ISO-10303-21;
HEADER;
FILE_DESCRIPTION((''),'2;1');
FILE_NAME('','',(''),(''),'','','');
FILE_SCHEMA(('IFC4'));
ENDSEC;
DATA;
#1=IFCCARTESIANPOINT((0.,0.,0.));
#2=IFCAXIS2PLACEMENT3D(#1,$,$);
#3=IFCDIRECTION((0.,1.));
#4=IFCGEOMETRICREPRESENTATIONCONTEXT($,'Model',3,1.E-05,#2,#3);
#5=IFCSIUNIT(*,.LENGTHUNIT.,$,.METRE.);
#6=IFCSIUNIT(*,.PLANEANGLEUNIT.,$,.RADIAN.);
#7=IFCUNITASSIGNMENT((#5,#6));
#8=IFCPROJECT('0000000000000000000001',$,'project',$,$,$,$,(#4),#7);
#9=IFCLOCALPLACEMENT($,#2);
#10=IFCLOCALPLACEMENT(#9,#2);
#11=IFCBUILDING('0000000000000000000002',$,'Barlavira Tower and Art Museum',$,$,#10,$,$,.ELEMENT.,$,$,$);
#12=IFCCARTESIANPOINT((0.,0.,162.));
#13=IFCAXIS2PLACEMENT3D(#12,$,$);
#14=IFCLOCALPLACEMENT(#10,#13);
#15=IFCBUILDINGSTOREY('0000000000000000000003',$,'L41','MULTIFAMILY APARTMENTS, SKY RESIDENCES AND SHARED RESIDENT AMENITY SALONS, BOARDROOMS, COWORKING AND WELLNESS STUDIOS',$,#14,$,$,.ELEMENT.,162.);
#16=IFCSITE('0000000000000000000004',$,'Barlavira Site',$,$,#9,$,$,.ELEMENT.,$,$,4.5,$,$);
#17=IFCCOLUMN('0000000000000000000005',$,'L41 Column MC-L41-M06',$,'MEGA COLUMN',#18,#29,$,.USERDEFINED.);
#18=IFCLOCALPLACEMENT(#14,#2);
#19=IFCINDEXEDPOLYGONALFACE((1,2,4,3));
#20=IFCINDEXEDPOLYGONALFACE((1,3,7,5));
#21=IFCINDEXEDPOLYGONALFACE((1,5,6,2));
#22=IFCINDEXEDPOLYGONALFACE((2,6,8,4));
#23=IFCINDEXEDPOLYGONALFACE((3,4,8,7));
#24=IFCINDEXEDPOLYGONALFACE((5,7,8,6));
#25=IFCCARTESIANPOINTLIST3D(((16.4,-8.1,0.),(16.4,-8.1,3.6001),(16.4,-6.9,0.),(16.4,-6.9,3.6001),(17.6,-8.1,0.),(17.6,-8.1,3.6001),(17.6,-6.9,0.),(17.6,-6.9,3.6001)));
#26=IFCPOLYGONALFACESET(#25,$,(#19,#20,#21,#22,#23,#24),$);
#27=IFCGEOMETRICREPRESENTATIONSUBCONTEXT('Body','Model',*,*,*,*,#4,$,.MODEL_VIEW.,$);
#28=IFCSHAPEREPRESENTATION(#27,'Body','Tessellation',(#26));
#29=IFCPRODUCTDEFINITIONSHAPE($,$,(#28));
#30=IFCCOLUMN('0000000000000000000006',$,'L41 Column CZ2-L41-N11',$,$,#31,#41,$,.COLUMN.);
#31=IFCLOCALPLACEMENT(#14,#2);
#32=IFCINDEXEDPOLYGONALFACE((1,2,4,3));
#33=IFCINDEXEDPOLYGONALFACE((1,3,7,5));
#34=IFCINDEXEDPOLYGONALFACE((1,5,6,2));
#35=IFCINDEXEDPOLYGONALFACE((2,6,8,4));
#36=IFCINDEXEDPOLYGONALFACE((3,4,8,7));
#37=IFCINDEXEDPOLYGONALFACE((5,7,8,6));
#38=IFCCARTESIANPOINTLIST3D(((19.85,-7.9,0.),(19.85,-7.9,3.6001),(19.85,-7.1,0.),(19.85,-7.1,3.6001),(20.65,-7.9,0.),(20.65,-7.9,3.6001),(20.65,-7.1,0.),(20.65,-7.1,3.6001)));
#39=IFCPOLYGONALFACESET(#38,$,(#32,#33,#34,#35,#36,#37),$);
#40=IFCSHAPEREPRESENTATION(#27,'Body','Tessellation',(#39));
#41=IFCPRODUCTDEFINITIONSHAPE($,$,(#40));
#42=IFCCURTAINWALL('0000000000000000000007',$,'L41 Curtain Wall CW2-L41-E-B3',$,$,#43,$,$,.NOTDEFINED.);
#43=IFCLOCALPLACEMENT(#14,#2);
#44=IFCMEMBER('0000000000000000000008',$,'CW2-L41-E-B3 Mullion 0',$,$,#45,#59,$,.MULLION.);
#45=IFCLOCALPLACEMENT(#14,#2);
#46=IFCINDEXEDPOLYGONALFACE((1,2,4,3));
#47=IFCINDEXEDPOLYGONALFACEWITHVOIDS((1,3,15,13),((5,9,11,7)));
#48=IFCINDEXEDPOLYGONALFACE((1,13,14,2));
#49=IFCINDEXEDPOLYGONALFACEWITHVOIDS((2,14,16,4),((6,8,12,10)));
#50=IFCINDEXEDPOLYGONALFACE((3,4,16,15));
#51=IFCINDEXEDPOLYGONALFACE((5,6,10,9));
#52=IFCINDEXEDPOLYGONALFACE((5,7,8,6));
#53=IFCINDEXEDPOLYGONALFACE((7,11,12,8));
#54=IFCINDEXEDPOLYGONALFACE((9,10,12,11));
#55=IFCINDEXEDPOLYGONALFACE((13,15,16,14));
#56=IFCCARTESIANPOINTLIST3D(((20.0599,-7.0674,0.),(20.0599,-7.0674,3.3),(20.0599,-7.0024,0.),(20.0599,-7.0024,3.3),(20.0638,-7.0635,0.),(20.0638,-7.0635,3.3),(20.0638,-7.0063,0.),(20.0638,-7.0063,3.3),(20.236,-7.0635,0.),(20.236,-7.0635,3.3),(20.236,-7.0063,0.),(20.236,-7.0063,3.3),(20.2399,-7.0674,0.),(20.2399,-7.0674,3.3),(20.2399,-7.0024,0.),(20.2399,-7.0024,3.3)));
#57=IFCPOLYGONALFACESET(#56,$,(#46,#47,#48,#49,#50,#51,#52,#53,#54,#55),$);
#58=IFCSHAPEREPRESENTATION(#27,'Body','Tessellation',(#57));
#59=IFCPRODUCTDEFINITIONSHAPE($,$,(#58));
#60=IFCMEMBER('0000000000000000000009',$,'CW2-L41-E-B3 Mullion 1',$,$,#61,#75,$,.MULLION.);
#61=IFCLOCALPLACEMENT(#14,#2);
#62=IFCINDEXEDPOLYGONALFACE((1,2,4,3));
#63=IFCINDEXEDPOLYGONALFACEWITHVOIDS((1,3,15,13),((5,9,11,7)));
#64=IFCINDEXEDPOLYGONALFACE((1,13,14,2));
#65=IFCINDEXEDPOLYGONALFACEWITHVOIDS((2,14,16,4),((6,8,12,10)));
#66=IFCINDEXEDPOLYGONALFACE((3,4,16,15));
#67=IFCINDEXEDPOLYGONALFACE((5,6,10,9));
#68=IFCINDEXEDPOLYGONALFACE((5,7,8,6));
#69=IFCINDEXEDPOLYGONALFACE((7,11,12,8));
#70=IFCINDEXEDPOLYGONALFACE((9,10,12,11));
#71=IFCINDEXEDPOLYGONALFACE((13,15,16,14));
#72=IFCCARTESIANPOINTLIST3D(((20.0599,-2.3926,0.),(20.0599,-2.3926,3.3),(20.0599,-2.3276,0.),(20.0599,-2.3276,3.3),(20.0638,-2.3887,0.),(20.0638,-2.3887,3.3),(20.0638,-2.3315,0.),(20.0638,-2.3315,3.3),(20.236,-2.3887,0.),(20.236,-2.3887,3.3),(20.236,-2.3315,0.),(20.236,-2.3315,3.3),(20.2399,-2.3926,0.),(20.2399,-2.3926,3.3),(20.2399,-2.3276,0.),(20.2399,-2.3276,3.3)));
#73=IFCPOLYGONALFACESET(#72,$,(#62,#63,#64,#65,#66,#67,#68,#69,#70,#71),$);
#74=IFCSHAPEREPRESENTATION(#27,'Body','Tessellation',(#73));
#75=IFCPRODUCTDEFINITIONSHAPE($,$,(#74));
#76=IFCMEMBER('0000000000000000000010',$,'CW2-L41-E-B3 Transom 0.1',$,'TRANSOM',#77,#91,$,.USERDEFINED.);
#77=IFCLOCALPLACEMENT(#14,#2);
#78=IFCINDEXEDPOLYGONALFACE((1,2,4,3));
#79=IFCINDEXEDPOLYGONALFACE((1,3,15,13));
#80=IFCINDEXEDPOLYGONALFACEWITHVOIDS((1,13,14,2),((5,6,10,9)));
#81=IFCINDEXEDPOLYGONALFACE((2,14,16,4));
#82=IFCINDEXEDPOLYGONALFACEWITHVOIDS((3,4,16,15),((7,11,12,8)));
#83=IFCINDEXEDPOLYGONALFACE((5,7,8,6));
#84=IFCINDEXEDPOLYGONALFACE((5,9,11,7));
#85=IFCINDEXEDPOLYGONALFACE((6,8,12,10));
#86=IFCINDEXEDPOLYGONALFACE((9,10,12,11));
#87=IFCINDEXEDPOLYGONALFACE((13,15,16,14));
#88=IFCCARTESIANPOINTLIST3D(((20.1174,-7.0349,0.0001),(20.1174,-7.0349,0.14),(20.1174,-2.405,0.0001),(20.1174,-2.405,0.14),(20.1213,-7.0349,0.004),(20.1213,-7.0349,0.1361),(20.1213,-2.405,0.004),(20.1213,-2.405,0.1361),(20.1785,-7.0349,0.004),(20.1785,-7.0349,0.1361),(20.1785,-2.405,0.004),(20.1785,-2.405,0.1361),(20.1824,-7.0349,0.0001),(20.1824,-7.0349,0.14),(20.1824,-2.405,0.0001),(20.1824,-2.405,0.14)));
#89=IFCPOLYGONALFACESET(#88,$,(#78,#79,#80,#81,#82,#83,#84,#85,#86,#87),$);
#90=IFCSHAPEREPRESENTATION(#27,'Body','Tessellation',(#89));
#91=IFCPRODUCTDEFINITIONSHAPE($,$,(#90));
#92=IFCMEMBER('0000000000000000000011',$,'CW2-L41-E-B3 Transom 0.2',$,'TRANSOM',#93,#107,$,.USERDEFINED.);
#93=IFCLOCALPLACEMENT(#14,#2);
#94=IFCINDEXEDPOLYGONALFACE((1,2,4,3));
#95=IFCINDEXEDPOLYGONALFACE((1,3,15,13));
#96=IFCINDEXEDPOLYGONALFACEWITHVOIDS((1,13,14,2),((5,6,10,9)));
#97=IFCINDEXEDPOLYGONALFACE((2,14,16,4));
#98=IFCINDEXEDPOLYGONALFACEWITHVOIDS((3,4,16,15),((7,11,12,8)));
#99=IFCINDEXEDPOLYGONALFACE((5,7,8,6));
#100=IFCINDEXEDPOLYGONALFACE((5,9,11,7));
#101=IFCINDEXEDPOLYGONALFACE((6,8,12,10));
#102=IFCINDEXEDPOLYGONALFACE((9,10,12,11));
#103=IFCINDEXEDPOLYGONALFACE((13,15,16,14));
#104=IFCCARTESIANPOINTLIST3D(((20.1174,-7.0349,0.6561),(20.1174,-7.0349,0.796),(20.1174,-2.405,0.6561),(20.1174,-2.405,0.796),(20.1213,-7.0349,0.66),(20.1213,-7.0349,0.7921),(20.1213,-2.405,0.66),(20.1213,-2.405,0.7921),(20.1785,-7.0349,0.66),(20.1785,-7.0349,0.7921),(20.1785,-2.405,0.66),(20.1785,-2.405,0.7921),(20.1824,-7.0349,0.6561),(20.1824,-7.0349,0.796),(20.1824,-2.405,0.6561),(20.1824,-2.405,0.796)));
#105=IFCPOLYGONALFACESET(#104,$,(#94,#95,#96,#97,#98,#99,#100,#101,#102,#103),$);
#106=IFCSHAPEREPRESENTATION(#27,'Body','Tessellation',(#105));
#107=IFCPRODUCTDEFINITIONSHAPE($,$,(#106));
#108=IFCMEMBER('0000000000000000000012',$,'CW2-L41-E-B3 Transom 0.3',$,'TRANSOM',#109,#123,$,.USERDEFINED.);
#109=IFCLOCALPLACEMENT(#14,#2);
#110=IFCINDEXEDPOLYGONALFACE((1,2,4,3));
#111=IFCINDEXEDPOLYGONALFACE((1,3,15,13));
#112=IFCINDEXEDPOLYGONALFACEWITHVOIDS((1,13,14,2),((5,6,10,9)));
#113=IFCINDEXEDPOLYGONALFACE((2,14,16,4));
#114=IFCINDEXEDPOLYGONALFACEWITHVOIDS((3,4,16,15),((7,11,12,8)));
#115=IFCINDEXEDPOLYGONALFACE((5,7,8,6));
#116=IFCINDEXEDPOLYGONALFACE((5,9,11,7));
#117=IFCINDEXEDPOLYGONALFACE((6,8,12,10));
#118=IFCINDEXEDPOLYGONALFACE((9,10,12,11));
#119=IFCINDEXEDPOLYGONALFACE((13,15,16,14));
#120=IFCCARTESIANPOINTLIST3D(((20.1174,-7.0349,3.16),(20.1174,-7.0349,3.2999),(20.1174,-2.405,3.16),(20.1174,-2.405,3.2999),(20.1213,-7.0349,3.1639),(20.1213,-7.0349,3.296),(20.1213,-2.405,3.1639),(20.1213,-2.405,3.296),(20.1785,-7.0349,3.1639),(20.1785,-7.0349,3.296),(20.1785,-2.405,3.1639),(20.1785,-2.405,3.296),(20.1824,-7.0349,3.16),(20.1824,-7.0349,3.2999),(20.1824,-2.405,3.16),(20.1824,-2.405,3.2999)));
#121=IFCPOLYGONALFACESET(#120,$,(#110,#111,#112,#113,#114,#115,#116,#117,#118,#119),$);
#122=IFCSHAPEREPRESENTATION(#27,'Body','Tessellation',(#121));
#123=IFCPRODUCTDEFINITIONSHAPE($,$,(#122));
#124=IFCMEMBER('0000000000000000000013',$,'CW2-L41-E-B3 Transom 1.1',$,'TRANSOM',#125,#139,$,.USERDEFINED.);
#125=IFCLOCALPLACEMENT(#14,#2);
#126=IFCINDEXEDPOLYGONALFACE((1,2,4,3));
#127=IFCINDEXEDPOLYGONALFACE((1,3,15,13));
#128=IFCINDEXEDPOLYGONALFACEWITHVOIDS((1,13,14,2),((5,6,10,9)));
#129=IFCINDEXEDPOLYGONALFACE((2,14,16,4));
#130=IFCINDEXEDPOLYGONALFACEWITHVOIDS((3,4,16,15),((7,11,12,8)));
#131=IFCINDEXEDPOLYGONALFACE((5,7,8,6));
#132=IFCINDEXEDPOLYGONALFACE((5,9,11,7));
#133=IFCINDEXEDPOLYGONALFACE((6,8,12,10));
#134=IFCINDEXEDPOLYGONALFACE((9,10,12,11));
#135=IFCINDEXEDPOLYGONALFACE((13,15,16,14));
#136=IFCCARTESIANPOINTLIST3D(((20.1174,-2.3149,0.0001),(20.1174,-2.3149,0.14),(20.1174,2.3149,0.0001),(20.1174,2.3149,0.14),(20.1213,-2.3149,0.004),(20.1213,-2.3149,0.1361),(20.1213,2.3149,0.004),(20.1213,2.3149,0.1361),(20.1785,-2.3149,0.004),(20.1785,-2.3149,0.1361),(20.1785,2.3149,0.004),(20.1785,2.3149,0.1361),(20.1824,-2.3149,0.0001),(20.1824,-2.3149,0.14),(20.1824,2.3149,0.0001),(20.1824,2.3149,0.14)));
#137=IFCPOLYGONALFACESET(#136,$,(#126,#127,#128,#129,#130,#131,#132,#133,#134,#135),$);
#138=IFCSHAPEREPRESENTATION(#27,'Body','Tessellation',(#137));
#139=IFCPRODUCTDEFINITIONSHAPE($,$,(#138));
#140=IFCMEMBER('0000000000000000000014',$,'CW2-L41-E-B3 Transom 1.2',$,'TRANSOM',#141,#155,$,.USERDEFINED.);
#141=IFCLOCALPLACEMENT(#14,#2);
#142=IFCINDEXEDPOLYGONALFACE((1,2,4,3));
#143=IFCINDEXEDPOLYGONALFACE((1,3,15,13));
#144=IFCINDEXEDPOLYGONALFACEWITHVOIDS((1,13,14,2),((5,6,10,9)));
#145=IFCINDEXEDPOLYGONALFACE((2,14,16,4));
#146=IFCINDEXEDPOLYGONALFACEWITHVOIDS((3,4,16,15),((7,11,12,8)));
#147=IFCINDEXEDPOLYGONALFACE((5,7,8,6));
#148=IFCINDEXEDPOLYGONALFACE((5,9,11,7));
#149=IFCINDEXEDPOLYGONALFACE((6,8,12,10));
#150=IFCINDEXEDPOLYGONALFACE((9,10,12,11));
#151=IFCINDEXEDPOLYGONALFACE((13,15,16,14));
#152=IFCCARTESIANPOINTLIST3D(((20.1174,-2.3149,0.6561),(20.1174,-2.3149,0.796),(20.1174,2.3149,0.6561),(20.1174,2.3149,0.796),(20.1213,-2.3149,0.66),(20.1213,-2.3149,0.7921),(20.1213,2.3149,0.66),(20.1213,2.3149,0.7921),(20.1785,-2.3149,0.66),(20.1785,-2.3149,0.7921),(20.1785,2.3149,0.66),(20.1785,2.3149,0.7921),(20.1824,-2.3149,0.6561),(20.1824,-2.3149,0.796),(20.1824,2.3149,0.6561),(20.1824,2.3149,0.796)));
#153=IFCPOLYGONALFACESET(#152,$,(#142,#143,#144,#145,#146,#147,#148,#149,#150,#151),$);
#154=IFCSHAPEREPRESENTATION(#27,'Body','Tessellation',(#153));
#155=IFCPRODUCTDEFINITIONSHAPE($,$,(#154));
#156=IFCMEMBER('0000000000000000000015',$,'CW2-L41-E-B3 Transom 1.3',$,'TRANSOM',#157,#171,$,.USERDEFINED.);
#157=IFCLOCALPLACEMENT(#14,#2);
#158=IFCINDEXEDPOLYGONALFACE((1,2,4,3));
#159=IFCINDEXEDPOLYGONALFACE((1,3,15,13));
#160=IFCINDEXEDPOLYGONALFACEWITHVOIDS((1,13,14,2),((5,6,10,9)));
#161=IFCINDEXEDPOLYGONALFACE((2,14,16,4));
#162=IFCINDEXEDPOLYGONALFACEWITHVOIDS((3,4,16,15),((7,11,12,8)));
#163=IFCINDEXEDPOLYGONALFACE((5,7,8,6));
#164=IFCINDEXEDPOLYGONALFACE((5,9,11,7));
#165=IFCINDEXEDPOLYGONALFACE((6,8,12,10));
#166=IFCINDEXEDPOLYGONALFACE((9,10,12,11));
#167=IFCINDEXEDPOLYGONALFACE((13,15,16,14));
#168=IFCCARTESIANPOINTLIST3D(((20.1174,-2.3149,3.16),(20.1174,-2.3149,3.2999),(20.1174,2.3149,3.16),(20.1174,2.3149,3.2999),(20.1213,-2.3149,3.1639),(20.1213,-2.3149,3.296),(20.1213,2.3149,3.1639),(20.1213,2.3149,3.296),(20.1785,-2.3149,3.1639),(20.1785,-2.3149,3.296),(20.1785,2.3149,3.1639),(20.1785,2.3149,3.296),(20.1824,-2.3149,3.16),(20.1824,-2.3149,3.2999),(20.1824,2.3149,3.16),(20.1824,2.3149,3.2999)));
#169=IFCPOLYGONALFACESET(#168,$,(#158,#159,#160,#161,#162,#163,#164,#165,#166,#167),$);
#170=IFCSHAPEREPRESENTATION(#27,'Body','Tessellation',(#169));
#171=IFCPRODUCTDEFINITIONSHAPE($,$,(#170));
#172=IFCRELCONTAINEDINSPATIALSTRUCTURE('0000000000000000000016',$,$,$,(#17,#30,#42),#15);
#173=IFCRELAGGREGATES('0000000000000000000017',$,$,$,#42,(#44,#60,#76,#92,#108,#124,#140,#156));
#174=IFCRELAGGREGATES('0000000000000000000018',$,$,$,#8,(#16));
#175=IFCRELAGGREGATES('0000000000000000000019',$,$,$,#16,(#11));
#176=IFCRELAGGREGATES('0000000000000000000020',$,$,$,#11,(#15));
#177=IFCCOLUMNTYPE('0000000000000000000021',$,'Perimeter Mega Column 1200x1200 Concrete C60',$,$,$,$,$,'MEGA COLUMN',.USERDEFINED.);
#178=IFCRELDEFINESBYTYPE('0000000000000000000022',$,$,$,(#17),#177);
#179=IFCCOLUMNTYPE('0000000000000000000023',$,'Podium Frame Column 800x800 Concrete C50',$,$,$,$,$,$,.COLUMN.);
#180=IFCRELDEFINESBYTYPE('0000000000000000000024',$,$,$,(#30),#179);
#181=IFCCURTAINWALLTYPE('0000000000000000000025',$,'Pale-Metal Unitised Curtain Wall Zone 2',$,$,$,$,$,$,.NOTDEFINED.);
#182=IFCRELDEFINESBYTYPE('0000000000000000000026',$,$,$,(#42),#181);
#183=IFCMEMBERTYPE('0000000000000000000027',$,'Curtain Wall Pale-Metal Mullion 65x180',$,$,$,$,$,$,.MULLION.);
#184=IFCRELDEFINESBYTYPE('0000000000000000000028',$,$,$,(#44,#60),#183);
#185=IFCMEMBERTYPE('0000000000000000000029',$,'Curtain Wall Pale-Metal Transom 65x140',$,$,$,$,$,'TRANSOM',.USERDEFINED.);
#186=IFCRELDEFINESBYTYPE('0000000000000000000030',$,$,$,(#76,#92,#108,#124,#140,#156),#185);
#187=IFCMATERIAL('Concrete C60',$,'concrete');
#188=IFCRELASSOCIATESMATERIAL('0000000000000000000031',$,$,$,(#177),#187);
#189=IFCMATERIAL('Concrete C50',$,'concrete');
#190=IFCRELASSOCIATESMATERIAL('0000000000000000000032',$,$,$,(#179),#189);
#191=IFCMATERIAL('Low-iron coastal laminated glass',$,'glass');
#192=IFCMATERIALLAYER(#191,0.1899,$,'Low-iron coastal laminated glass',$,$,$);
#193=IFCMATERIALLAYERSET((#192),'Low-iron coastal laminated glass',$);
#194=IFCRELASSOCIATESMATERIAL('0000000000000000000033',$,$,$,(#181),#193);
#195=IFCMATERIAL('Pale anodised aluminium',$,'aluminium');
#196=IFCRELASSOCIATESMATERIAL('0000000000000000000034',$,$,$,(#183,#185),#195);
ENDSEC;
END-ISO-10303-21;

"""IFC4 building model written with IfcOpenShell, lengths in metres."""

from ifc_helpers import new_model, si_unit, direction, frame, origin, origin_2d, place, context, subcontext, project, spatial, rectangle, hollow_rectangle, extrude, material, layer, layer_set, material_profile, profile_set, type_object, element, aggregate, save


model = new_model("IFC4")

# Units and contexts
model_context = context("Model", 3, precision=1e-05, world=origin(), true_north=direction((0.0, 1.0)))
body_context = subcontext(model_context, "Body", "Model", "MODEL_VIEW")
ifc_project = project(units=[si_unit("LENGTHUNIT", "METRE"), si_unit("PLANEANGLEUNIT", "RADIAN")], contexts=[model_context])

# Site, building, storey
site_placement = place(None, origin())
site = spatial("IfcSite", under=ifc_project, at=site_placement, Name="Barlavira Site", CompositionType="ELEMENT", RefElevation=4.5)
building_placement = place(site_placement, origin())
building = spatial("IfcBuilding", under=site, at=building_placement, Name="Barlavira Tower and Art Museum", CompositionType="ELEMENT")
storey_placement = place(building_placement, frame((0.0, 0.0, 162.0)))
storey = spatial("IfcBuildingStorey", under=building, at=storey_placement, Name="L41", Description="MULTIFAMILY APARTMENTS, SKY RESIDENCES AND SHARED RESIDENT AMENITY SALONS, BOARDROOMS, COWORKING AND WELLNESS STUDIOS", CompositionType="ELEMENT", Elevation=162.0)

# Columns
ifc_material_1 = material(Name="Concrete C60", Category="concrete")
ifc_material_profile_1 = material_profile(ifc_material_1, rectangle(XDim=1.2, YDim=1.2, at=origin_2d()), Name="RC-COL 1200x1200")
ifc_profile_set_1 = profile_set([ifc_material_profile_1], Name="Concrete C60")
column_type_1 = type_object("IfcColumnType", Name="Perimeter Mega Column 1200x1200 Concrete C60", ElementType="MEGA COLUMN", PredefinedType="USERDEFINED", material=ifc_profile_set_1)
column_1_placement = place(storey_placement, frame((17.0, -7.5, 0.0), z_axis=(0.0, 0.0, 1.0), x_axis=(1.0, 0.0, 0.0)))
element("IfcColumn", 1, at=column_1_placement, inside=storey, type_object=column_type_1, Name="L41 Column MC-L41-M06", ObjectType="MEGA COLUMN", PredefinedType="USERDEFINED", context=body_context, shape_type="SweptSolid", body=[
    extrude(rectangle(XDim=1.2, YDim=1.2, at=origin_2d()), origin(), (0.0, 0.0, 1.0), 3.6001),
])
ifc_material_2 = material(Name="Concrete C50", Category="concrete")
ifc_material_profile_2 = material_profile(ifc_material_2, rectangle(XDim=0.8, YDim=0.8, at=origin_2d()), Name="RC-COL 800x800")
ifc_profile_set_2 = profile_set([ifc_material_profile_2], Name="Concrete C50")
column_type_2 = type_object("IfcColumnType", Name="Podium Frame Column 800x800 Concrete C50", PredefinedType="COLUMN", material=ifc_profile_set_2)
column_2_placement = place(storey_placement, frame((20.25, -7.5, 0.0), z_axis=(0.0, 0.0, 1.0), x_axis=(1.0, 0.0, 0.0)))
element("IfcColumn", 2, at=column_2_placement, inside=storey, type_object=column_type_2, Name="L41 Column CZ2-L41-N11", PredefinedType="COLUMN", context=body_context, shape_type="SweptSolid", body=[
    extrude(rectangle(XDim=0.8, YDim=0.8, at=origin_2d()), origin(), (0.0, 0.0, 1.0), 3.6001),
])

# Curtain wall, members
ifc_material_3 = material(Name="Low-iron coastal laminated glass", Category="glass")
ifc_layer_1 = layer(ifc_material_3, 0.1899, Name="Low-iron coastal laminated glass")
ifc_layer_set_1 = layer_set([ifc_layer_1], Name="Low-iron coastal laminated glass")
curtain_wall_type = type_object("IfcCurtainWallType", Name="Pale-Metal Unitised Curtain Wall Zone 2", PredefinedType="NOTDEFINED", material=ifc_layer_set_1)
curtain_wall_placement = place(storey_placement, origin())
curtain_wall = element("IfcCurtainWall", 3, at=curtain_wall_placement, inside=storey, type_object=curtain_wall_type, Name="L41 Curtain Wall CW2-L41-E-B3", PredefinedType="NOTDEFINED")
ifc_material_4 = material(Name="Pale anodised aluminium", Category="aluminium")
ifc_material_profile_3 = material_profile(ifc_material_4, hollow_rectangle(XDim=0.0649, YDim=0.1799, WallThickness=0.0039, at=origin_2d()), Name="ALU-MULL 65x180x4")
ifc_profile_set_3 = profile_set([ifc_material_profile_3], Name="Pale anodised aluminium")
member_type_1 = type_object("IfcMemberType", Name="Curtain Wall Pale-Metal Mullion 65x180", PredefinedType="MULLION", material=ifc_profile_set_3)
member_1_placement = place(storey_placement, frame((20.1499, -7.0349, 0.0), z_axis=(0.0, 0.0, 1.0), x_axis=(0.0, 1.0, 0.0)))
member_1 = element("IfcMember", 4, at=member_1_placement, type_object=member_type_1, Name="CW2-L41-E-B3 Mullion 0", PredefinedType="MULLION", context=body_context, shape_type="SweptSolid", body=[
    extrude(hollow_rectangle(XDim=0.0649, YDim=0.1799, WallThickness=0.0039, at=origin_2d()), origin(), (0.0, 0.0, 1.0), 3.3),
])
member_2_placement = place(storey_placement, frame((20.1499, -2.3601, 0.0), z_axis=(0.0, 0.0, 1.0), x_axis=(0.0, 1.0, 0.0)))
member_2 = element("IfcMember", 5, at=member_2_placement, type_object=member_type_1, Name="CW2-L41-E-B3 Mullion 1", PredefinedType="MULLION", context=body_context, shape_type="SweptSolid", body=[
    extrude(hollow_rectangle(XDim=0.0649, YDim=0.1799, WallThickness=0.0039, at=origin_2d()), origin(), (0.0, 0.0, 1.0), 3.3),
])
ifc_material_profile_4 = material_profile(ifc_material_4, hollow_rectangle(XDim=0.0649, YDim=0.1399, WallThickness=0.0039, at=origin_2d()), Name="ALU-TRAN 65x140x4")
ifc_profile_set_4 = profile_set([ifc_material_profile_4], Name="Pale anodised aluminium")
member_type_2 = type_object("IfcMemberType", Name="Curtain Wall Pale-Metal Transom 65x140", ElementType="TRANSOM", PredefinedType="USERDEFINED", material=ifc_profile_set_4)
member_3_placement = place(storey_placement, frame((20.1499, -7.0349, 0.0701), z_axis=(0.0, 1.0, 0.0), x_axis=(-1.0, 0.0, 0.0)))
member_3 = element("IfcMember", 6, at=member_3_placement, type_object=member_type_2, Name="CW2-L41-E-B3 Transom 0.1", ObjectType="TRANSOM", PredefinedType="USERDEFINED", context=body_context, shape_type="SweptSolid", body=[
    extrude(hollow_rectangle(XDim=0.0649, YDim=0.1399, WallThickness=0.0039, at=origin_2d()), origin(), (0.0, 0.0, 1.0), 4.6299),
])
member_4_placement = place(storey_placement, frame((20.1499, -7.0349, 0.7261), z_axis=(0.0, 1.0, 0.0), x_axis=(-1.0, 0.0, 0.0)))
member_4 = element("IfcMember", 7, at=member_4_placement, type_object=member_type_2, Name="CW2-L41-E-B3 Transom 0.2", ObjectType="TRANSOM", PredefinedType="USERDEFINED", context=body_context, shape_type="SweptSolid", body=[
    extrude(hollow_rectangle(XDim=0.0649, YDim=0.1399, WallThickness=0.0039, at=origin_2d()), origin(), (0.0, 0.0, 1.0), 4.6299),
])
member_5_placement = place(storey_placement, frame((20.1499, -7.0349, 3.23), z_axis=(0.0, 1.0, 0.0), x_axis=(-1.0, 0.0, 0.0)))
member_5 = element("IfcMember", 8, at=member_5_placement, type_object=member_type_2, Name="CW2-L41-E-B3 Transom 0.3", ObjectType="TRANSOM", PredefinedType="USERDEFINED", context=body_context, shape_type="SweptSolid", body=[
    extrude(hollow_rectangle(XDim=0.0649, YDim=0.1399, WallThickness=0.0039, at=origin_2d()), origin(), (0.0, 0.0, 1.0), 4.6299),
])
member_6_placement = place(storey_placement, frame((20.1499, -2.3149, 0.0701), z_axis=(0.0, 1.0, 0.0), x_axis=(-1.0, 0.0, 0.0)))
member_6 = element("IfcMember", 9, at=member_6_placement, type_object=member_type_2, Name="CW2-L41-E-B3 Transom 1.1", ObjectType="TRANSOM", PredefinedType="USERDEFINED", context=body_context, shape_type="SweptSolid", body=[
    extrude(hollow_rectangle(XDim=0.0649, YDim=0.1399, WallThickness=0.0039, at=origin_2d()), origin(), (0.0, 0.0, 1.0), 4.6299),
])
member_7_placement = place(storey_placement, frame((20.1499, -2.3149, 0.7261), z_axis=(0.0, 1.0, 0.0), x_axis=(-1.0, 0.0, 0.0)))
member_7 = element("IfcMember", 10, at=member_7_placement, type_object=member_type_2, Name="CW2-L41-E-B3 Transom 1.2", ObjectType="TRANSOM", PredefinedType="USERDEFINED", context=body_context, shape_type="SweptSolid", body=[
    extrude(hollow_rectangle(XDim=0.0649, YDim=0.1399, WallThickness=0.0039, at=origin_2d()), origin(), (0.0, 0.0, 1.0), 4.6299),
])
member_8_placement = place(storey_placement, frame((20.1499, -2.3149, 3.23), z_axis=(0.0, 1.0, 0.0), x_axis=(-1.0, 0.0, 0.0)))
member_8 = element("IfcMember", 11, at=member_8_placement, type_object=member_type_2, Name="CW2-L41-E-B3 Transom 1.3", ObjectType="TRANSOM", PredefinedType="USERDEFINED", context=body_context, shape_type="SweptSolid", body=[
    extrude(hollow_rectangle(XDim=0.0649, YDim=0.1399, WallThickness=0.0039, at=origin_2d()), origin(), (0.0, 0.0, 1.0), 4.6299),
])

aggregate(curtain_wall, [member_1, member_2, member_3, member_4, member_5, member_6, member_7, member_8])

save(model, "model.ifc")
